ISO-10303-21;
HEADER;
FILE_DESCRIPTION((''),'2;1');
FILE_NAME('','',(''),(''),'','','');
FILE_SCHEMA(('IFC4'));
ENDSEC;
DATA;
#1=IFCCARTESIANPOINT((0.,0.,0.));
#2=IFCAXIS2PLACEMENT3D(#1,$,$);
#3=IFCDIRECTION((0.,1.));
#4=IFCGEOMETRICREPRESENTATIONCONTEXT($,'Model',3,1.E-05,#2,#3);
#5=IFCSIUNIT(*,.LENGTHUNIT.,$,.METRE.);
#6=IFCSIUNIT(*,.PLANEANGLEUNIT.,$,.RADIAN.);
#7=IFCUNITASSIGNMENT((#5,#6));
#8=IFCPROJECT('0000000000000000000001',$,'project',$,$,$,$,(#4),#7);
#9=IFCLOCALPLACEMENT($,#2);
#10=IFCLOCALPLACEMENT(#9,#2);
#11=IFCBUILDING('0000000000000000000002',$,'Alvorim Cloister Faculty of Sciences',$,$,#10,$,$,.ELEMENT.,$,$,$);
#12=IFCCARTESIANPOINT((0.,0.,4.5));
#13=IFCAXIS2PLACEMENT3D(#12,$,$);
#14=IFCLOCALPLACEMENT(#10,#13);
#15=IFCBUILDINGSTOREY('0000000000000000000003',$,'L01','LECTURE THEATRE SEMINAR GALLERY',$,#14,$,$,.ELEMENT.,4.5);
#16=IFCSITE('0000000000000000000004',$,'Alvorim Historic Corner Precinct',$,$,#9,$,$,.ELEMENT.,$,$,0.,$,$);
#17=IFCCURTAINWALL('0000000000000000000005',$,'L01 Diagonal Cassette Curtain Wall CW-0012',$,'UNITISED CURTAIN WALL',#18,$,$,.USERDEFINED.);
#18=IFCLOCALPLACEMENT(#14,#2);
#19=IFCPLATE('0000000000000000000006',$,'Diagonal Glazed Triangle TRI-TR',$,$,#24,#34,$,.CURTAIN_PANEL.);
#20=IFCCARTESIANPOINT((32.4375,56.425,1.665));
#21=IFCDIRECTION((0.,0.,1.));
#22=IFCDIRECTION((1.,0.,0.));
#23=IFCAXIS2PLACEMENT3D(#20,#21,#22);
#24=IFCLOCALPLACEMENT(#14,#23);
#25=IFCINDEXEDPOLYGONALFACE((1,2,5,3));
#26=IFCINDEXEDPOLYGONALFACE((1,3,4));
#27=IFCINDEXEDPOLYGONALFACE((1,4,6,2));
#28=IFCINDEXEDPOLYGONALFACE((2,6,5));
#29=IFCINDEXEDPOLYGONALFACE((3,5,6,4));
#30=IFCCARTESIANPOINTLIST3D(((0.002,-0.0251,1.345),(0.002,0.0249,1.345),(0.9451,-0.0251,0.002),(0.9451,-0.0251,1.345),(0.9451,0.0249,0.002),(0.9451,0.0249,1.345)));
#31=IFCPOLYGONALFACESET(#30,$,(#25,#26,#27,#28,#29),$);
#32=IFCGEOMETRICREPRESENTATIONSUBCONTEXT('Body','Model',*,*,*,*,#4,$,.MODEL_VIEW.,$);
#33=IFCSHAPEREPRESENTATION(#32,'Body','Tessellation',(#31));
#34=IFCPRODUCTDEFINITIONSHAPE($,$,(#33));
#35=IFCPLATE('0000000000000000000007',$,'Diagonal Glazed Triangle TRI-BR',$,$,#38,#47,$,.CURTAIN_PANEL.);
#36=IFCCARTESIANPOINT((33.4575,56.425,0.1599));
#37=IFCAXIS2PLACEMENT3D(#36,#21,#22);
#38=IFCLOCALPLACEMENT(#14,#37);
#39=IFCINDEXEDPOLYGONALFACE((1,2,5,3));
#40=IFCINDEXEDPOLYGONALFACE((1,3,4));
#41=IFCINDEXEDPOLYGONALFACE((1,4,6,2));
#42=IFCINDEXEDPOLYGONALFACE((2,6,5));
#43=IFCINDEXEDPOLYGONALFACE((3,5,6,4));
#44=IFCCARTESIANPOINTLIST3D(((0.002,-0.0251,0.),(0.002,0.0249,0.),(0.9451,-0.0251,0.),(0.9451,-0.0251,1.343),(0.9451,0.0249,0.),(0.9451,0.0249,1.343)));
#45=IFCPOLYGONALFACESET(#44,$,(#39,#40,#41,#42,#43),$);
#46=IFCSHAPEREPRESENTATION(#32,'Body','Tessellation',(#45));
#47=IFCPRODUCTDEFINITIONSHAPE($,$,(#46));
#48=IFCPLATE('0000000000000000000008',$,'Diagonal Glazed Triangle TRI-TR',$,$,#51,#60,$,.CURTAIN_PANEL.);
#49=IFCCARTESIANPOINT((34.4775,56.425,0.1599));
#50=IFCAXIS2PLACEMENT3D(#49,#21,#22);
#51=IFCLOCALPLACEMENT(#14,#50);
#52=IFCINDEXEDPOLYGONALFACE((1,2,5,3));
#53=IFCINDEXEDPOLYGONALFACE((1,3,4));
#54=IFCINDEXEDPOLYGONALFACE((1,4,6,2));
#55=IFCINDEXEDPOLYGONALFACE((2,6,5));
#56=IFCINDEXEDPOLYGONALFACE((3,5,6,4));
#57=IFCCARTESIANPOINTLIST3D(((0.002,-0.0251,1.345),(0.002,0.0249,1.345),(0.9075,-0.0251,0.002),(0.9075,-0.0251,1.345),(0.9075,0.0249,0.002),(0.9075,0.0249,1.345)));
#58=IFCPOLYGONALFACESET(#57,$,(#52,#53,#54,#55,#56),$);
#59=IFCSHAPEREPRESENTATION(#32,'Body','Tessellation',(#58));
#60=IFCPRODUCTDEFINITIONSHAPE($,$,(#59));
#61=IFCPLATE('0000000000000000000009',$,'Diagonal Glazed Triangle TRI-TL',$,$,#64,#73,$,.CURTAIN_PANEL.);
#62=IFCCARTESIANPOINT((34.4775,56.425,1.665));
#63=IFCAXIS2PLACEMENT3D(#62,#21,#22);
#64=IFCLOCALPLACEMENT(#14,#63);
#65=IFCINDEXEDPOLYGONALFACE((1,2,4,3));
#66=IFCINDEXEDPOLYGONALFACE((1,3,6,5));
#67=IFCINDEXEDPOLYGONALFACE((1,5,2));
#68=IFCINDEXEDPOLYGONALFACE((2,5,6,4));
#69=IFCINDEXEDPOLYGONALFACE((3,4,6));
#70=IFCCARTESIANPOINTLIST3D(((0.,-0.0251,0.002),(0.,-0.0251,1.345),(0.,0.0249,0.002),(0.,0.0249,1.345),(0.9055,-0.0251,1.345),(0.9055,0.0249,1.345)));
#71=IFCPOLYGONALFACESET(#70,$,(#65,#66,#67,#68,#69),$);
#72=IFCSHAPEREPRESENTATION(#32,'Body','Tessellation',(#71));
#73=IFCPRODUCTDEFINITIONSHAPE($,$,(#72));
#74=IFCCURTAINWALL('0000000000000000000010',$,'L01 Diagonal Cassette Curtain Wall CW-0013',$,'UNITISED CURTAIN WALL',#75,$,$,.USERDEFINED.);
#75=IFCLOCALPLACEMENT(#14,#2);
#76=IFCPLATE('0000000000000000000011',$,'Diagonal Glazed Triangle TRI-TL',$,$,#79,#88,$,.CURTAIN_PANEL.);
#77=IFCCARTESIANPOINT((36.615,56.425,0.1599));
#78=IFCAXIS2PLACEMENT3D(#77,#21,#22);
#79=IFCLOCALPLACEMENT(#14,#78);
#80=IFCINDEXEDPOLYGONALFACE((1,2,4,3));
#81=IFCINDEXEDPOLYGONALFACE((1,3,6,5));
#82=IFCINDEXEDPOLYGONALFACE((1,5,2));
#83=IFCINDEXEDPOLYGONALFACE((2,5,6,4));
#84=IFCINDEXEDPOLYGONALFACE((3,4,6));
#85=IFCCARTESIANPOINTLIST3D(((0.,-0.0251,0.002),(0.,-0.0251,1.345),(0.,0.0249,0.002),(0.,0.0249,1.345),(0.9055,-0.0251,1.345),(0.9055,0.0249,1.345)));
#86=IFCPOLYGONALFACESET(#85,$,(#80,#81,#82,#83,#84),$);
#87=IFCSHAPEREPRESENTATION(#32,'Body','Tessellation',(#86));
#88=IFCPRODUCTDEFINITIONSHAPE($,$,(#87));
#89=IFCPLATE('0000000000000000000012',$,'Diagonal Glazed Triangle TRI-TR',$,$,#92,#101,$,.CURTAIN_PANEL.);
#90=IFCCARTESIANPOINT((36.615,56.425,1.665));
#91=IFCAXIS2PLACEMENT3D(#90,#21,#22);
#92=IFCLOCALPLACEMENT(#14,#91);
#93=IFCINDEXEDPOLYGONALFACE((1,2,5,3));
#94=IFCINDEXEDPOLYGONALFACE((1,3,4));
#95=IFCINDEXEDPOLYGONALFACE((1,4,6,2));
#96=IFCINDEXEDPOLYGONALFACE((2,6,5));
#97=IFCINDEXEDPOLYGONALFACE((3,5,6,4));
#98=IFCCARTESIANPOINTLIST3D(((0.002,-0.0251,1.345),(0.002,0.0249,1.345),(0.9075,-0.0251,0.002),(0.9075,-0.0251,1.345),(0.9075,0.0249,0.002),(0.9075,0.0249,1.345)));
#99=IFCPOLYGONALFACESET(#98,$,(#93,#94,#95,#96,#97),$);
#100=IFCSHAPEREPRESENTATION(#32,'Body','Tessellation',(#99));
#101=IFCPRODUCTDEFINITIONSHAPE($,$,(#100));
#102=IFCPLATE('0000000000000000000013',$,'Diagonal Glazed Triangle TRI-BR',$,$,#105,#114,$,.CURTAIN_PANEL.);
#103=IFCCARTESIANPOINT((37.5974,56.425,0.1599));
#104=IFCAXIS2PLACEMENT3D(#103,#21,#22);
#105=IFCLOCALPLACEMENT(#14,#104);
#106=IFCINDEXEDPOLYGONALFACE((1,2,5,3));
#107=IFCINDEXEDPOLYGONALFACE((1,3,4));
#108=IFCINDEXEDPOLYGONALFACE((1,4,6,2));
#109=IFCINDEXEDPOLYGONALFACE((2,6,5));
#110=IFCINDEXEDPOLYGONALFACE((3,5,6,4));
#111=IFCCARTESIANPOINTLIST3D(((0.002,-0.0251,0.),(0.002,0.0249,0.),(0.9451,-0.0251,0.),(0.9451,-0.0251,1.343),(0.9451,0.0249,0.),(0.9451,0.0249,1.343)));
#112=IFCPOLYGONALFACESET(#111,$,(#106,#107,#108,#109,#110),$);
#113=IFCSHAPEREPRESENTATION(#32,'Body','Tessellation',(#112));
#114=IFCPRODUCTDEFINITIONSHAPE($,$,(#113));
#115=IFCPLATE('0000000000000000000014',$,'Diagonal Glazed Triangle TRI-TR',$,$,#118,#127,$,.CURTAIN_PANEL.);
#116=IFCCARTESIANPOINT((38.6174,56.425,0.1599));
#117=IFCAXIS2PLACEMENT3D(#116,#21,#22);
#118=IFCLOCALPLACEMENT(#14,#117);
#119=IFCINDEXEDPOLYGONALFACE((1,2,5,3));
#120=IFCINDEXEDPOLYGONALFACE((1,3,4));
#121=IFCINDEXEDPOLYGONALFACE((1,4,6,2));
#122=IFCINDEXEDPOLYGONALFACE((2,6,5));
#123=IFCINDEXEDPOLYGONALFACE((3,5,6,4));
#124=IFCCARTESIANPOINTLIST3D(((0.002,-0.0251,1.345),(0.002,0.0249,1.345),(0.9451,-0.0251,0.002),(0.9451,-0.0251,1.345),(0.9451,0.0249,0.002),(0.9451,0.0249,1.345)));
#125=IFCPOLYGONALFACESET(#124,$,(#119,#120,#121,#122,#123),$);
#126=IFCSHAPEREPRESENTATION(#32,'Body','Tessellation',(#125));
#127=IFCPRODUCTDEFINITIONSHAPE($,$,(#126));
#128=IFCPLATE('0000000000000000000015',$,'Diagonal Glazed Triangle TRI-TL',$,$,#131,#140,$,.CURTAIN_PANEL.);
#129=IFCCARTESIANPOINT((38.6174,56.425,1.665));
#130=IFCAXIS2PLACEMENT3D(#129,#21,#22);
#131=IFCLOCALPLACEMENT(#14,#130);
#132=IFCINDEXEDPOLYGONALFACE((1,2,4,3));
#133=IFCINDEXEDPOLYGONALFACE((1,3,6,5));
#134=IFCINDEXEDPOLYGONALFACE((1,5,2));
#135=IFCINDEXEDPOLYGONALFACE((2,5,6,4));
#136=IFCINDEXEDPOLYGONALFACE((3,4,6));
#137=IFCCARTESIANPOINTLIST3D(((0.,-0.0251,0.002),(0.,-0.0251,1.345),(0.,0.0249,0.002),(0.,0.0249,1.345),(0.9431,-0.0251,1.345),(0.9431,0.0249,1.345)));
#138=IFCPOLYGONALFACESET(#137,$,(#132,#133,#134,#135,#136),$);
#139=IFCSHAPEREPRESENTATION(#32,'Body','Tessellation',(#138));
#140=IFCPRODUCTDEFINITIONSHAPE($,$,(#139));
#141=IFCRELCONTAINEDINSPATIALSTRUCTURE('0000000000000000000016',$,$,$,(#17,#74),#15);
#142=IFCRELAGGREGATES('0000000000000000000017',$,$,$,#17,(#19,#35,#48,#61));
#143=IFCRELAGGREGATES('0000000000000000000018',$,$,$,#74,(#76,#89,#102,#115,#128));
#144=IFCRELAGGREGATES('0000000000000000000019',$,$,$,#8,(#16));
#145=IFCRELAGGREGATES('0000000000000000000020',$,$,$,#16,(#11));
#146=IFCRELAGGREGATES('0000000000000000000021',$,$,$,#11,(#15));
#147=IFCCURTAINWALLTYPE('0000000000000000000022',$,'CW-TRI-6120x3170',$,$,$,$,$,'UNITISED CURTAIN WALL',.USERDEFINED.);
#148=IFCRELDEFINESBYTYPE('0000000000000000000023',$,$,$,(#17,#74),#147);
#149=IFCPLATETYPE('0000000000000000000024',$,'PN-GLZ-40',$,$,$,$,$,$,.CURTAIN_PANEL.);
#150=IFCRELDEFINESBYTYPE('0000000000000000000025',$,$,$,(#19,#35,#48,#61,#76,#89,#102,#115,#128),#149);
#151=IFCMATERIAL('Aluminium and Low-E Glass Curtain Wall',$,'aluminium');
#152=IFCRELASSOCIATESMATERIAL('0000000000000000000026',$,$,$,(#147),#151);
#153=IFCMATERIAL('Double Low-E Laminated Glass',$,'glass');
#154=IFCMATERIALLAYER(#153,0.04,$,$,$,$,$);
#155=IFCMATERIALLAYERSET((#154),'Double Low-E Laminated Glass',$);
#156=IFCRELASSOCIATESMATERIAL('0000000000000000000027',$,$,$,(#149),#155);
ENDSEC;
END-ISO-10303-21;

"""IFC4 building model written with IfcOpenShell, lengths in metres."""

from ifc_helpers import new_model, si_unit, direction, frame, origin, place, context, subcontext, project, spatial, polyline, outline, extrude, material, layer, layer_set, type_object, element, aggregate, save


model = new_model("IFC4")

# Units and contexts
model_context = context("Model", 3, precision=1e-05, world=origin(), true_north=direction((0.0, 1.0)))
body_context = subcontext(model_context, "Body", "Model", "MODEL_VIEW")
ifc_project = project(units=[si_unit("LENGTHUNIT", "METRE"), si_unit("PLANEANGLEUNIT", "RADIAN")], contexts=[model_context])

# Site, building, storey
site_placement = place(None, origin())
site = spatial("IfcSite", under=ifc_project, at=site_placement, Name="Alvorim Historic Corner Precinct", CompositionType="ELEMENT", RefElevation=0.0)
building_placement = place(site_placement, origin())
building = spatial("IfcBuilding", under=site, at=building_placement, Name="Alvorim Cloister Faculty of Sciences", CompositionType="ELEMENT")
storey_placement = place(building_placement, frame((0.0, 0.0, 4.5)))
storey = spatial("IfcBuildingStorey", under=building, at=storey_placement, Name="L01", Description="LECTURE THEATRE SEMINAR GALLERY", CompositionType="ELEMENT", Elevation=4.5)

# Curtain walls, plates
ifc_material_1 = material(Name="Aluminium and Low-E Glass Curtain Wall", Category="aluminium")
curtain_wall_type = type_object("IfcCurtainWallType", Name="CW-TRI-6120x3170", ElementType="UNITISED CURTAIN WALL", PredefinedType="USERDEFINED", material=ifc_material_1)
curtain_wall_1_placement = place(storey_placement, origin())
curtain_wall_1 = element("IfcCurtainWall", 1, at=curtain_wall_1_placement, inside=storey, type_object=curtain_wall_type, Name="L01 Diagonal Cassette Curtain Wall CW-0012", ObjectType="UNITISED CURTAIN WALL", PredefinedType="USERDEFINED")
ifc_material_2 = material(Name="Double Low-E Laminated Glass", Category="glass")
ifc_layer_1 = layer(ifc_material_2, 0.04)
ifc_layer_set_1 = layer_set([ifc_layer_1], Name="Double Low-E Laminated Glass")
plate_type = type_object("IfcPlateType", Name="PN-GLZ-40", PredefinedType="CURTAIN_PANEL", material=ifc_layer_set_1)
plate_1_placement = place(storey_placement, frame((32.4375, 56.425, 1.665), z_axis=(0.0, 0.0, 1.0), x_axis=(1.0, 0.0, 0.0)))
plate_1 = element("IfcPlate", 2, at=plate_1_placement, type_object=plate_type, Name="Diagonal Glazed Triangle TRI-TR", PredefinedType="CURTAIN_PANEL", context=body_context, shape_type="SweptSolid", body=[
    extrude(outline(polyline([(0.9451, 0.002), (0.9451, 1.345), (0.002, 1.345), (0.9451, 0.002)])), frame((0.0, 0.0249, 0.0), z_axis=(0.0, -1.0, 0.0), x_axis=(1.0, 0.0, 0.0)), (0.0, 0.0, 1.0), 0.05),
])
plate_2_placement = place(storey_placement, frame((33.4575, 56.425, 0.1599), z_axis=(0.0, 0.0, 1.0), x_axis=(1.0, 0.0, 0.0)))
plate_2 = element("IfcPlate", 3, at=plate_2_placement, type_object=plate_type, Name="Diagonal Glazed Triangle TRI-BR", PredefinedType="CURTAIN_PANEL", context=body_context, shape_type="SweptSolid", body=[
    extrude(outline(polyline([(0.002, 0.0), (0.9451, 0.0), (0.9451, 1.343), (0.002, 0.0)])), frame((0.0, 0.0249, 0.0), z_axis=(0.0, -1.0, 0.0), x_axis=(1.0, 0.0, 0.0)), (0.0, 0.0, 1.0), 0.05),
])
plate_3_placement = place(storey_placement, frame((34.4775, 56.425, 0.1599), z_axis=(0.0, 0.0, 1.0), x_axis=(1.0, 0.0, 0.0)))
plate_3 = element("IfcPlate", 4, at=plate_3_placement, type_object=plate_type, Name="Diagonal Glazed Triangle TRI-TR", PredefinedType="CURTAIN_PANEL", context=body_context, shape_type="SweptSolid", body=[
    extrude(outline(polyline([(0.9075, 0.002), (0.9075, 1.345), (0.002, 1.345), (0.9075, 0.002)])), frame((0.0, 0.0249, 0.0), z_axis=(0.0, -1.0, 0.0), x_axis=(1.0, 0.0, 0.0)), (0.0, 0.0, 1.0), 0.05),
])
plate_4_placement = place(storey_placement, frame((34.4775, 56.425, 1.665), z_axis=(0.0, 0.0, 1.0), x_axis=(1.0, 0.0, 0.0)))
plate_4 = element("IfcPlate", 5, at=plate_4_placement, type_object=plate_type, Name="Diagonal Glazed Triangle TRI-TL", PredefinedType="CURTAIN_PANEL", context=body_context, shape_type="SweptSolid", body=[
    extrude(outline(polyline([(0.9055, 1.345), (0.0, 1.345), (0.0, 0.002), (0.9055, 1.345)])), frame((0.0, 0.0249, 0.0), z_axis=(0.0, -1.0, 0.0), x_axis=(1.0, 0.0, 0.0)), (0.0, 0.0, 1.0), 0.05),
])
aggregate(curtain_wall_1, [plate_1, plate_2, plate_3, plate_4])
curtain_wall_2_placement = place(storey_placement, origin())
curtain_wall_2 = element("IfcCurtainWall", 6, at=curtain_wall_2_placement, inside=storey, type_object=curtain_wall_type, Name="L01 Diagonal Cassette Curtain Wall CW-0013", ObjectType="UNITISED CURTAIN WALL", PredefinedType="USERDEFINED")
plate_5_placement = place(storey_placement, frame((36.615, 56.425, 0.1599), z_axis=(0.0, 0.0, 1.0), x_axis=(1.0, 0.0, 0.0)))
plate_5 = element("IfcPlate", 7, at=plate_5_placement, type_object=plate_type, Name="Diagonal Glazed Triangle TRI-TL", PredefinedType="CURTAIN_PANEL", context=body_context, shape_type="SweptSolid", body=[
    extrude(outline(polyline([(0.9055, 1.345), (0.0, 1.345), (0.0, 0.002), (0.9055, 1.345)])), frame((0.0, 0.0249, 0.0), z_axis=(0.0, -1.0, 0.0), x_axis=(1.0, 0.0, 0.0)), (0.0, 0.0, 1.0), 0.05),
])
plate_6_placement = place(storey_placement, frame((36.615, 56.425, 1.665), z_axis=(0.0, 0.0, 1.0), x_axis=(1.0, 0.0, 0.0)))
plate_6 = element("IfcPlate", 8, at=plate_6_placement, type_object=plate_type, Name="Diagonal Glazed Triangle TRI-TR", PredefinedType="CURTAIN_PANEL", context=body_context, shape_type="SweptSolid", body=[
    extrude(outline(polyline([(0.9075, 0.002), (0.9075, 1.345), (0.002, 1.345), (0.9075, 0.002)])), frame((0.0, 0.0249, 0.0), z_axis=(0.0, -1.0, 0.0), x_axis=(1.0, 0.0, 0.0)), (0.0, 0.0, 1.0), 0.05),
])
plate_7_placement = place(storey_placement, frame((37.5974, 56.425, 0.1599), z_axis=(0.0, 0.0, 1.0), x_axis=(1.0, 0.0, 0.0)))
plate_7 = element("IfcPlate", 9, at=plate_7_placement, type_object=plate_type, Name="Diagonal Glazed Triangle TRI-BR", PredefinedType="CURTAIN_PANEL", context=body_context, shape_type="SweptSolid", body=[
    extrude(outline(polyline([(0.002, 0.0), (0.9451, 0.0), (0.9451, 1.343), (0.002, 0.0)])), frame((0.0, 0.0249, 0.0), z_axis=(0.0, -1.0, 0.0), x_axis=(1.0, 0.0, 0.0)), (0.0, 0.0, 1.0), 0.05),
])
plate_8_placement = place(storey_placement, frame((38.6174, 56.425, 0.1599), z_axis=(0.0, 0.0, 1.0), x_axis=(1.0, 0.0, 0.0)))
plate_8 = element("IfcPlate", 10, at=plate_8_placement, type_object=plate_type, Name="Diagonal Glazed Triangle TRI-TR", PredefinedType="CURTAIN_PANEL", context=body_context, shape_type="SweptSolid", body=[
    extrude(outline(polyline([(0.9451, 0.002), (0.9451, 1.345), (0.002, 1.345), (0.9451, 0.002)])), frame((0.0, 0.0249, 0.0), z_axis=(0.0, -1.0, 0.0), x_axis=(1.0, 0.0, 0.0)), (0.0, 0.0, 1.0), 0.05),
])
plate_9_placement = place(storey_placement, frame((38.6174, 56.425, 1.665), z_axis=(0.0, 0.0, 1.0), x_axis=(1.0, 0.0, 0.0)))
plate_9 = element("IfcPlate", 11, at=plate_9_placement, type_object=plate_type, Name="Diagonal Glazed Triangle TRI-TL", PredefinedType="CURTAIN_PANEL", context=body_context, shape_type="SweptSolid", body=[
    extrude(outline(polyline([(0.9431, 1.345), (0.0, 1.345), (0.0, 0.002), (0.9431, 1.345)])), frame((0.0, 0.0249, 0.0), z_axis=(0.0, -1.0, 0.0), x_axis=(1.0, 0.0, 0.0)), (0.0, 0.0, 1.0), 0.05),
])
aggregate(curtain_wall_2, [plate_5, plate_6, plate_7, plate_8, plate_9])

save(model, "model.ifc")
